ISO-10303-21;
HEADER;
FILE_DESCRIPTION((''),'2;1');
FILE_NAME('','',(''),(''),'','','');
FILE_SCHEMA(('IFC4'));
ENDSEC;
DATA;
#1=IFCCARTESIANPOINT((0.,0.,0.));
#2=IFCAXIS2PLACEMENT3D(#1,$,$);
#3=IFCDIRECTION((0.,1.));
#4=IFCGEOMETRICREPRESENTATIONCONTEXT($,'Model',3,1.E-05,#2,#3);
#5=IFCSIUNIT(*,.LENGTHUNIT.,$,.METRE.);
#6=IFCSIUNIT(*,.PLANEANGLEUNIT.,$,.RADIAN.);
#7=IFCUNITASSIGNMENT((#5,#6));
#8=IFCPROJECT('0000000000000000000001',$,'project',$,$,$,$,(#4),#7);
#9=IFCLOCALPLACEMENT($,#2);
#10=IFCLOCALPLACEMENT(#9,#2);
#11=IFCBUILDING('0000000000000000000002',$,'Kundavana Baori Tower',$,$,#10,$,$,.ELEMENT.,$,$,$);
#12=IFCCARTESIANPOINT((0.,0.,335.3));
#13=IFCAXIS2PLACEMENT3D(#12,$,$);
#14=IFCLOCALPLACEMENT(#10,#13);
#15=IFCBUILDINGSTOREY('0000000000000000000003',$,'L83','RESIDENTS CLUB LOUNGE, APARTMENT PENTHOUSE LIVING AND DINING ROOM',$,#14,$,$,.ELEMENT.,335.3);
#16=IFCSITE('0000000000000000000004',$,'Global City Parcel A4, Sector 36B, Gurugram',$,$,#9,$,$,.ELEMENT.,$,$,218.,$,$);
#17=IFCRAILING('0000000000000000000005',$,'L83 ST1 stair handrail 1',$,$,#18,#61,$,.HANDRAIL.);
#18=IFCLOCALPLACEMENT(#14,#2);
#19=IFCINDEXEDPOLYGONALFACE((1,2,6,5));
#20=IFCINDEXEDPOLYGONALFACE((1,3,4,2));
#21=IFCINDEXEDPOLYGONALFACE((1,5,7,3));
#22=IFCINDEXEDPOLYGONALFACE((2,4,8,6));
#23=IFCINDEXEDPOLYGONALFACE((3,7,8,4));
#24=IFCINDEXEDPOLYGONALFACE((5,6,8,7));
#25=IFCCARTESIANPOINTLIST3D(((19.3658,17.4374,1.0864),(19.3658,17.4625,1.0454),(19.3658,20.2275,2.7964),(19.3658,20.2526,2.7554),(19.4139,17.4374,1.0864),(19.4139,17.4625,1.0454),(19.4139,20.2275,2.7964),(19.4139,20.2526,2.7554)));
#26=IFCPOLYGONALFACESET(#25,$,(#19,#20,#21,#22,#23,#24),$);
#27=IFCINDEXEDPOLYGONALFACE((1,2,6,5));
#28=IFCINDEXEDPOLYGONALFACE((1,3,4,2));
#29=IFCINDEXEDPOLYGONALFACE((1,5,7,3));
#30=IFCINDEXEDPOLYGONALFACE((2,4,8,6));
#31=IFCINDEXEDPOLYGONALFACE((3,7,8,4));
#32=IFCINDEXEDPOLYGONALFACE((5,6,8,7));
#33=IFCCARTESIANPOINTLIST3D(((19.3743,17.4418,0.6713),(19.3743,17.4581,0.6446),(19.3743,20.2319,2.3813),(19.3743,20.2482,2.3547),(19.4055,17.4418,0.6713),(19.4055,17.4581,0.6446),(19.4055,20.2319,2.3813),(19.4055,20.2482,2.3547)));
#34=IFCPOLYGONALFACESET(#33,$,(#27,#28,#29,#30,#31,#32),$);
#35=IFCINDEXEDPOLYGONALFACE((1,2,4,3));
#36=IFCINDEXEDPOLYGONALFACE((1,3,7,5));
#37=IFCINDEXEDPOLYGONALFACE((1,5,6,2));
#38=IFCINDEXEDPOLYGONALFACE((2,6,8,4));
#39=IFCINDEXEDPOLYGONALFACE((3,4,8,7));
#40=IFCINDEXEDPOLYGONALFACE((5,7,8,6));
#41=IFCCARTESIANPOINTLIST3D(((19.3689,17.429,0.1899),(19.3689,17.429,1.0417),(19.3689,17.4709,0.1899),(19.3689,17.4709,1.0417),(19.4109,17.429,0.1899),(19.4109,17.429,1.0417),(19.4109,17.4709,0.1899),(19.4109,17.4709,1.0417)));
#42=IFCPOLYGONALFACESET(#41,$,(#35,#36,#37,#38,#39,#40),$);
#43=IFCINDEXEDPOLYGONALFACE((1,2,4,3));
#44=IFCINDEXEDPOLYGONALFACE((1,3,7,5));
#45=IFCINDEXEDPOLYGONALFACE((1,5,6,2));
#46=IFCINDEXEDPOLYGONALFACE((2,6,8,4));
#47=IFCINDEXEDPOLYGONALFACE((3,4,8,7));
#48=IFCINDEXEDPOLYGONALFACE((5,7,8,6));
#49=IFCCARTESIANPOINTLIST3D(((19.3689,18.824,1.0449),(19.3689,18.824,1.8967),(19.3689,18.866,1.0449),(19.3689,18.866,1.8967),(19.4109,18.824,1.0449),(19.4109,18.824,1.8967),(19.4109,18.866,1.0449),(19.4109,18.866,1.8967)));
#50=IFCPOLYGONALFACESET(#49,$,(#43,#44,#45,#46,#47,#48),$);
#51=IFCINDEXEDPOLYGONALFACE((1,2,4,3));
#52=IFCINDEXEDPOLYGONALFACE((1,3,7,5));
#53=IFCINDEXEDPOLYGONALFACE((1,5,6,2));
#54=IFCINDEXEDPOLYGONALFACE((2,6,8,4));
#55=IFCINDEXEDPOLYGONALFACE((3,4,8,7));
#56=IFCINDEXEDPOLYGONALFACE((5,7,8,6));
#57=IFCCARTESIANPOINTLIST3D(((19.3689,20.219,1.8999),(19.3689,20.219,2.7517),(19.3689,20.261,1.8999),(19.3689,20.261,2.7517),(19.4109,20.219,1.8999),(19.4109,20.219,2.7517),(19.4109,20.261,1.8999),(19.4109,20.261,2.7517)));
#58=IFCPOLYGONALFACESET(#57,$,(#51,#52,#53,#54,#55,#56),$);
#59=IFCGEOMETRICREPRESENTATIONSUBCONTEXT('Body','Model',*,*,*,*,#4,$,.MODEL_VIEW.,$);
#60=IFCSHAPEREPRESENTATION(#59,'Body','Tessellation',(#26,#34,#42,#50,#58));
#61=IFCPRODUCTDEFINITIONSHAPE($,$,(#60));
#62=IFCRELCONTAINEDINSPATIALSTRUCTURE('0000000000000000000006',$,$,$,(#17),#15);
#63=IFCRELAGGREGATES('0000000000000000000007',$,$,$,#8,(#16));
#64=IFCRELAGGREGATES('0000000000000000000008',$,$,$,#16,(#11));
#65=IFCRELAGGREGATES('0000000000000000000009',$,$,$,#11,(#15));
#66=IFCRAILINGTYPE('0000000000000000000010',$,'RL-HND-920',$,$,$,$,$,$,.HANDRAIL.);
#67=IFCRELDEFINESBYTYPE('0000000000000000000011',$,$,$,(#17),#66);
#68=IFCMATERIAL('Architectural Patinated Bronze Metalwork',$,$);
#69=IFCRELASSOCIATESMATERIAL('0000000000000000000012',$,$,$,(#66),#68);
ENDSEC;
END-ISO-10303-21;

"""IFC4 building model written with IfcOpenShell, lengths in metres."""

from ifc_helpers import new_model, si_unit, direction, frame, origin, origin_2d, place, context, subcontext, project, spatial, rectangle, extrude, material, type_object, element, save


model = new_model("IFC4")

# Units and contexts
model_context = context("Model", 3, precision=1e-05, world=origin(), true_north=direction((0.0, 1.0)))
body_context = subcontext(model_context, "Body", "Model", "MODEL_VIEW")
ifc_project = project(units=[si_unit("LENGTHUNIT", "METRE"), si_unit("PLANEANGLEUNIT", "RADIAN")], contexts=[model_context])

# Site, building, storey
site_placement = place(None, origin())
site = spatial("IfcSite", under=ifc_project, at=site_placement, Name="Global City Parcel A4, Sector 36B, Gurugram", CompositionType="ELEMENT", RefElevation=218.0)
building_placement = place(site_placement, origin())
building = spatial("IfcBuilding", under=site, at=building_placement, Name="Kundavana Baori Tower", CompositionType="ELEMENT")
storey_placement = place(building_placement, frame((0.0, 0.0, 335.3)))
storey = spatial("IfcBuildingStorey", under=building, at=storey_placement, Name="L83", Description="RESIDENTS CLUB LOUNGE, APARTMENT PENTHOUSE LIVING AND DINING ROOM", CompositionType="ELEMENT", Elevation=335.3)

# Railing
ifc_material_1 = material(Name="Architectural Patinated Bronze Metalwork")
railing_type_1 = type_object("IfcRailingType", Name="RL-HND-920", PredefinedType="HANDRAIL", material=ifc_material_1)
railing_1_placement = place(storey_placement, frame((19.3899, 17.45, 0.1899)))
element("IfcRailing", 1, at=railing_1_placement, inside=storey, type_object=railing_type_1, Name="L83 ST1 stair handrail 1", PredefinedType="HANDRAIL", context=body_context, shape_type="SweptSolid", body=[
    extrude(rectangle(XDim=0.0481, YDim=0.0481, at=origin_2d()), frame((0.0, 0.0, 0.876), z_axis=(0.0, 0.85261, 0.522548), x_axis=(-1.0, 0.0, 0.0)), (0.0, 0.0, 1.0), 3.2725),
    extrude(rectangle(XDim=0.0312, YDim=0.0312, at=origin_2d()), frame((0.0, 0.0, 0.468), z_axis=(0.0, 0.85261, 0.522548), x_axis=(-1.0, 0.0, 0.0)), (0.0, 0.0, 1.0), 3.2725),
    extrude(rectangle(XDim=0.042, YDim=0.042, at=origin_2d()), origin(), (0.0, 0.0, 1.0), 0.8518),
    extrude(rectangle(XDim=0.042, YDim=0.042, at=origin_2d()), frame((0.0, 1.395, 0.855)), (0.0, 0.0, 1.0), 0.8518),
    extrude(rectangle(XDim=0.042, YDim=0.042, at=origin_2d()), frame((0.0, 2.79, 1.71)), (0.0, 0.0, 1.0), 0.8518),
])

save(model, "model.ifc")
